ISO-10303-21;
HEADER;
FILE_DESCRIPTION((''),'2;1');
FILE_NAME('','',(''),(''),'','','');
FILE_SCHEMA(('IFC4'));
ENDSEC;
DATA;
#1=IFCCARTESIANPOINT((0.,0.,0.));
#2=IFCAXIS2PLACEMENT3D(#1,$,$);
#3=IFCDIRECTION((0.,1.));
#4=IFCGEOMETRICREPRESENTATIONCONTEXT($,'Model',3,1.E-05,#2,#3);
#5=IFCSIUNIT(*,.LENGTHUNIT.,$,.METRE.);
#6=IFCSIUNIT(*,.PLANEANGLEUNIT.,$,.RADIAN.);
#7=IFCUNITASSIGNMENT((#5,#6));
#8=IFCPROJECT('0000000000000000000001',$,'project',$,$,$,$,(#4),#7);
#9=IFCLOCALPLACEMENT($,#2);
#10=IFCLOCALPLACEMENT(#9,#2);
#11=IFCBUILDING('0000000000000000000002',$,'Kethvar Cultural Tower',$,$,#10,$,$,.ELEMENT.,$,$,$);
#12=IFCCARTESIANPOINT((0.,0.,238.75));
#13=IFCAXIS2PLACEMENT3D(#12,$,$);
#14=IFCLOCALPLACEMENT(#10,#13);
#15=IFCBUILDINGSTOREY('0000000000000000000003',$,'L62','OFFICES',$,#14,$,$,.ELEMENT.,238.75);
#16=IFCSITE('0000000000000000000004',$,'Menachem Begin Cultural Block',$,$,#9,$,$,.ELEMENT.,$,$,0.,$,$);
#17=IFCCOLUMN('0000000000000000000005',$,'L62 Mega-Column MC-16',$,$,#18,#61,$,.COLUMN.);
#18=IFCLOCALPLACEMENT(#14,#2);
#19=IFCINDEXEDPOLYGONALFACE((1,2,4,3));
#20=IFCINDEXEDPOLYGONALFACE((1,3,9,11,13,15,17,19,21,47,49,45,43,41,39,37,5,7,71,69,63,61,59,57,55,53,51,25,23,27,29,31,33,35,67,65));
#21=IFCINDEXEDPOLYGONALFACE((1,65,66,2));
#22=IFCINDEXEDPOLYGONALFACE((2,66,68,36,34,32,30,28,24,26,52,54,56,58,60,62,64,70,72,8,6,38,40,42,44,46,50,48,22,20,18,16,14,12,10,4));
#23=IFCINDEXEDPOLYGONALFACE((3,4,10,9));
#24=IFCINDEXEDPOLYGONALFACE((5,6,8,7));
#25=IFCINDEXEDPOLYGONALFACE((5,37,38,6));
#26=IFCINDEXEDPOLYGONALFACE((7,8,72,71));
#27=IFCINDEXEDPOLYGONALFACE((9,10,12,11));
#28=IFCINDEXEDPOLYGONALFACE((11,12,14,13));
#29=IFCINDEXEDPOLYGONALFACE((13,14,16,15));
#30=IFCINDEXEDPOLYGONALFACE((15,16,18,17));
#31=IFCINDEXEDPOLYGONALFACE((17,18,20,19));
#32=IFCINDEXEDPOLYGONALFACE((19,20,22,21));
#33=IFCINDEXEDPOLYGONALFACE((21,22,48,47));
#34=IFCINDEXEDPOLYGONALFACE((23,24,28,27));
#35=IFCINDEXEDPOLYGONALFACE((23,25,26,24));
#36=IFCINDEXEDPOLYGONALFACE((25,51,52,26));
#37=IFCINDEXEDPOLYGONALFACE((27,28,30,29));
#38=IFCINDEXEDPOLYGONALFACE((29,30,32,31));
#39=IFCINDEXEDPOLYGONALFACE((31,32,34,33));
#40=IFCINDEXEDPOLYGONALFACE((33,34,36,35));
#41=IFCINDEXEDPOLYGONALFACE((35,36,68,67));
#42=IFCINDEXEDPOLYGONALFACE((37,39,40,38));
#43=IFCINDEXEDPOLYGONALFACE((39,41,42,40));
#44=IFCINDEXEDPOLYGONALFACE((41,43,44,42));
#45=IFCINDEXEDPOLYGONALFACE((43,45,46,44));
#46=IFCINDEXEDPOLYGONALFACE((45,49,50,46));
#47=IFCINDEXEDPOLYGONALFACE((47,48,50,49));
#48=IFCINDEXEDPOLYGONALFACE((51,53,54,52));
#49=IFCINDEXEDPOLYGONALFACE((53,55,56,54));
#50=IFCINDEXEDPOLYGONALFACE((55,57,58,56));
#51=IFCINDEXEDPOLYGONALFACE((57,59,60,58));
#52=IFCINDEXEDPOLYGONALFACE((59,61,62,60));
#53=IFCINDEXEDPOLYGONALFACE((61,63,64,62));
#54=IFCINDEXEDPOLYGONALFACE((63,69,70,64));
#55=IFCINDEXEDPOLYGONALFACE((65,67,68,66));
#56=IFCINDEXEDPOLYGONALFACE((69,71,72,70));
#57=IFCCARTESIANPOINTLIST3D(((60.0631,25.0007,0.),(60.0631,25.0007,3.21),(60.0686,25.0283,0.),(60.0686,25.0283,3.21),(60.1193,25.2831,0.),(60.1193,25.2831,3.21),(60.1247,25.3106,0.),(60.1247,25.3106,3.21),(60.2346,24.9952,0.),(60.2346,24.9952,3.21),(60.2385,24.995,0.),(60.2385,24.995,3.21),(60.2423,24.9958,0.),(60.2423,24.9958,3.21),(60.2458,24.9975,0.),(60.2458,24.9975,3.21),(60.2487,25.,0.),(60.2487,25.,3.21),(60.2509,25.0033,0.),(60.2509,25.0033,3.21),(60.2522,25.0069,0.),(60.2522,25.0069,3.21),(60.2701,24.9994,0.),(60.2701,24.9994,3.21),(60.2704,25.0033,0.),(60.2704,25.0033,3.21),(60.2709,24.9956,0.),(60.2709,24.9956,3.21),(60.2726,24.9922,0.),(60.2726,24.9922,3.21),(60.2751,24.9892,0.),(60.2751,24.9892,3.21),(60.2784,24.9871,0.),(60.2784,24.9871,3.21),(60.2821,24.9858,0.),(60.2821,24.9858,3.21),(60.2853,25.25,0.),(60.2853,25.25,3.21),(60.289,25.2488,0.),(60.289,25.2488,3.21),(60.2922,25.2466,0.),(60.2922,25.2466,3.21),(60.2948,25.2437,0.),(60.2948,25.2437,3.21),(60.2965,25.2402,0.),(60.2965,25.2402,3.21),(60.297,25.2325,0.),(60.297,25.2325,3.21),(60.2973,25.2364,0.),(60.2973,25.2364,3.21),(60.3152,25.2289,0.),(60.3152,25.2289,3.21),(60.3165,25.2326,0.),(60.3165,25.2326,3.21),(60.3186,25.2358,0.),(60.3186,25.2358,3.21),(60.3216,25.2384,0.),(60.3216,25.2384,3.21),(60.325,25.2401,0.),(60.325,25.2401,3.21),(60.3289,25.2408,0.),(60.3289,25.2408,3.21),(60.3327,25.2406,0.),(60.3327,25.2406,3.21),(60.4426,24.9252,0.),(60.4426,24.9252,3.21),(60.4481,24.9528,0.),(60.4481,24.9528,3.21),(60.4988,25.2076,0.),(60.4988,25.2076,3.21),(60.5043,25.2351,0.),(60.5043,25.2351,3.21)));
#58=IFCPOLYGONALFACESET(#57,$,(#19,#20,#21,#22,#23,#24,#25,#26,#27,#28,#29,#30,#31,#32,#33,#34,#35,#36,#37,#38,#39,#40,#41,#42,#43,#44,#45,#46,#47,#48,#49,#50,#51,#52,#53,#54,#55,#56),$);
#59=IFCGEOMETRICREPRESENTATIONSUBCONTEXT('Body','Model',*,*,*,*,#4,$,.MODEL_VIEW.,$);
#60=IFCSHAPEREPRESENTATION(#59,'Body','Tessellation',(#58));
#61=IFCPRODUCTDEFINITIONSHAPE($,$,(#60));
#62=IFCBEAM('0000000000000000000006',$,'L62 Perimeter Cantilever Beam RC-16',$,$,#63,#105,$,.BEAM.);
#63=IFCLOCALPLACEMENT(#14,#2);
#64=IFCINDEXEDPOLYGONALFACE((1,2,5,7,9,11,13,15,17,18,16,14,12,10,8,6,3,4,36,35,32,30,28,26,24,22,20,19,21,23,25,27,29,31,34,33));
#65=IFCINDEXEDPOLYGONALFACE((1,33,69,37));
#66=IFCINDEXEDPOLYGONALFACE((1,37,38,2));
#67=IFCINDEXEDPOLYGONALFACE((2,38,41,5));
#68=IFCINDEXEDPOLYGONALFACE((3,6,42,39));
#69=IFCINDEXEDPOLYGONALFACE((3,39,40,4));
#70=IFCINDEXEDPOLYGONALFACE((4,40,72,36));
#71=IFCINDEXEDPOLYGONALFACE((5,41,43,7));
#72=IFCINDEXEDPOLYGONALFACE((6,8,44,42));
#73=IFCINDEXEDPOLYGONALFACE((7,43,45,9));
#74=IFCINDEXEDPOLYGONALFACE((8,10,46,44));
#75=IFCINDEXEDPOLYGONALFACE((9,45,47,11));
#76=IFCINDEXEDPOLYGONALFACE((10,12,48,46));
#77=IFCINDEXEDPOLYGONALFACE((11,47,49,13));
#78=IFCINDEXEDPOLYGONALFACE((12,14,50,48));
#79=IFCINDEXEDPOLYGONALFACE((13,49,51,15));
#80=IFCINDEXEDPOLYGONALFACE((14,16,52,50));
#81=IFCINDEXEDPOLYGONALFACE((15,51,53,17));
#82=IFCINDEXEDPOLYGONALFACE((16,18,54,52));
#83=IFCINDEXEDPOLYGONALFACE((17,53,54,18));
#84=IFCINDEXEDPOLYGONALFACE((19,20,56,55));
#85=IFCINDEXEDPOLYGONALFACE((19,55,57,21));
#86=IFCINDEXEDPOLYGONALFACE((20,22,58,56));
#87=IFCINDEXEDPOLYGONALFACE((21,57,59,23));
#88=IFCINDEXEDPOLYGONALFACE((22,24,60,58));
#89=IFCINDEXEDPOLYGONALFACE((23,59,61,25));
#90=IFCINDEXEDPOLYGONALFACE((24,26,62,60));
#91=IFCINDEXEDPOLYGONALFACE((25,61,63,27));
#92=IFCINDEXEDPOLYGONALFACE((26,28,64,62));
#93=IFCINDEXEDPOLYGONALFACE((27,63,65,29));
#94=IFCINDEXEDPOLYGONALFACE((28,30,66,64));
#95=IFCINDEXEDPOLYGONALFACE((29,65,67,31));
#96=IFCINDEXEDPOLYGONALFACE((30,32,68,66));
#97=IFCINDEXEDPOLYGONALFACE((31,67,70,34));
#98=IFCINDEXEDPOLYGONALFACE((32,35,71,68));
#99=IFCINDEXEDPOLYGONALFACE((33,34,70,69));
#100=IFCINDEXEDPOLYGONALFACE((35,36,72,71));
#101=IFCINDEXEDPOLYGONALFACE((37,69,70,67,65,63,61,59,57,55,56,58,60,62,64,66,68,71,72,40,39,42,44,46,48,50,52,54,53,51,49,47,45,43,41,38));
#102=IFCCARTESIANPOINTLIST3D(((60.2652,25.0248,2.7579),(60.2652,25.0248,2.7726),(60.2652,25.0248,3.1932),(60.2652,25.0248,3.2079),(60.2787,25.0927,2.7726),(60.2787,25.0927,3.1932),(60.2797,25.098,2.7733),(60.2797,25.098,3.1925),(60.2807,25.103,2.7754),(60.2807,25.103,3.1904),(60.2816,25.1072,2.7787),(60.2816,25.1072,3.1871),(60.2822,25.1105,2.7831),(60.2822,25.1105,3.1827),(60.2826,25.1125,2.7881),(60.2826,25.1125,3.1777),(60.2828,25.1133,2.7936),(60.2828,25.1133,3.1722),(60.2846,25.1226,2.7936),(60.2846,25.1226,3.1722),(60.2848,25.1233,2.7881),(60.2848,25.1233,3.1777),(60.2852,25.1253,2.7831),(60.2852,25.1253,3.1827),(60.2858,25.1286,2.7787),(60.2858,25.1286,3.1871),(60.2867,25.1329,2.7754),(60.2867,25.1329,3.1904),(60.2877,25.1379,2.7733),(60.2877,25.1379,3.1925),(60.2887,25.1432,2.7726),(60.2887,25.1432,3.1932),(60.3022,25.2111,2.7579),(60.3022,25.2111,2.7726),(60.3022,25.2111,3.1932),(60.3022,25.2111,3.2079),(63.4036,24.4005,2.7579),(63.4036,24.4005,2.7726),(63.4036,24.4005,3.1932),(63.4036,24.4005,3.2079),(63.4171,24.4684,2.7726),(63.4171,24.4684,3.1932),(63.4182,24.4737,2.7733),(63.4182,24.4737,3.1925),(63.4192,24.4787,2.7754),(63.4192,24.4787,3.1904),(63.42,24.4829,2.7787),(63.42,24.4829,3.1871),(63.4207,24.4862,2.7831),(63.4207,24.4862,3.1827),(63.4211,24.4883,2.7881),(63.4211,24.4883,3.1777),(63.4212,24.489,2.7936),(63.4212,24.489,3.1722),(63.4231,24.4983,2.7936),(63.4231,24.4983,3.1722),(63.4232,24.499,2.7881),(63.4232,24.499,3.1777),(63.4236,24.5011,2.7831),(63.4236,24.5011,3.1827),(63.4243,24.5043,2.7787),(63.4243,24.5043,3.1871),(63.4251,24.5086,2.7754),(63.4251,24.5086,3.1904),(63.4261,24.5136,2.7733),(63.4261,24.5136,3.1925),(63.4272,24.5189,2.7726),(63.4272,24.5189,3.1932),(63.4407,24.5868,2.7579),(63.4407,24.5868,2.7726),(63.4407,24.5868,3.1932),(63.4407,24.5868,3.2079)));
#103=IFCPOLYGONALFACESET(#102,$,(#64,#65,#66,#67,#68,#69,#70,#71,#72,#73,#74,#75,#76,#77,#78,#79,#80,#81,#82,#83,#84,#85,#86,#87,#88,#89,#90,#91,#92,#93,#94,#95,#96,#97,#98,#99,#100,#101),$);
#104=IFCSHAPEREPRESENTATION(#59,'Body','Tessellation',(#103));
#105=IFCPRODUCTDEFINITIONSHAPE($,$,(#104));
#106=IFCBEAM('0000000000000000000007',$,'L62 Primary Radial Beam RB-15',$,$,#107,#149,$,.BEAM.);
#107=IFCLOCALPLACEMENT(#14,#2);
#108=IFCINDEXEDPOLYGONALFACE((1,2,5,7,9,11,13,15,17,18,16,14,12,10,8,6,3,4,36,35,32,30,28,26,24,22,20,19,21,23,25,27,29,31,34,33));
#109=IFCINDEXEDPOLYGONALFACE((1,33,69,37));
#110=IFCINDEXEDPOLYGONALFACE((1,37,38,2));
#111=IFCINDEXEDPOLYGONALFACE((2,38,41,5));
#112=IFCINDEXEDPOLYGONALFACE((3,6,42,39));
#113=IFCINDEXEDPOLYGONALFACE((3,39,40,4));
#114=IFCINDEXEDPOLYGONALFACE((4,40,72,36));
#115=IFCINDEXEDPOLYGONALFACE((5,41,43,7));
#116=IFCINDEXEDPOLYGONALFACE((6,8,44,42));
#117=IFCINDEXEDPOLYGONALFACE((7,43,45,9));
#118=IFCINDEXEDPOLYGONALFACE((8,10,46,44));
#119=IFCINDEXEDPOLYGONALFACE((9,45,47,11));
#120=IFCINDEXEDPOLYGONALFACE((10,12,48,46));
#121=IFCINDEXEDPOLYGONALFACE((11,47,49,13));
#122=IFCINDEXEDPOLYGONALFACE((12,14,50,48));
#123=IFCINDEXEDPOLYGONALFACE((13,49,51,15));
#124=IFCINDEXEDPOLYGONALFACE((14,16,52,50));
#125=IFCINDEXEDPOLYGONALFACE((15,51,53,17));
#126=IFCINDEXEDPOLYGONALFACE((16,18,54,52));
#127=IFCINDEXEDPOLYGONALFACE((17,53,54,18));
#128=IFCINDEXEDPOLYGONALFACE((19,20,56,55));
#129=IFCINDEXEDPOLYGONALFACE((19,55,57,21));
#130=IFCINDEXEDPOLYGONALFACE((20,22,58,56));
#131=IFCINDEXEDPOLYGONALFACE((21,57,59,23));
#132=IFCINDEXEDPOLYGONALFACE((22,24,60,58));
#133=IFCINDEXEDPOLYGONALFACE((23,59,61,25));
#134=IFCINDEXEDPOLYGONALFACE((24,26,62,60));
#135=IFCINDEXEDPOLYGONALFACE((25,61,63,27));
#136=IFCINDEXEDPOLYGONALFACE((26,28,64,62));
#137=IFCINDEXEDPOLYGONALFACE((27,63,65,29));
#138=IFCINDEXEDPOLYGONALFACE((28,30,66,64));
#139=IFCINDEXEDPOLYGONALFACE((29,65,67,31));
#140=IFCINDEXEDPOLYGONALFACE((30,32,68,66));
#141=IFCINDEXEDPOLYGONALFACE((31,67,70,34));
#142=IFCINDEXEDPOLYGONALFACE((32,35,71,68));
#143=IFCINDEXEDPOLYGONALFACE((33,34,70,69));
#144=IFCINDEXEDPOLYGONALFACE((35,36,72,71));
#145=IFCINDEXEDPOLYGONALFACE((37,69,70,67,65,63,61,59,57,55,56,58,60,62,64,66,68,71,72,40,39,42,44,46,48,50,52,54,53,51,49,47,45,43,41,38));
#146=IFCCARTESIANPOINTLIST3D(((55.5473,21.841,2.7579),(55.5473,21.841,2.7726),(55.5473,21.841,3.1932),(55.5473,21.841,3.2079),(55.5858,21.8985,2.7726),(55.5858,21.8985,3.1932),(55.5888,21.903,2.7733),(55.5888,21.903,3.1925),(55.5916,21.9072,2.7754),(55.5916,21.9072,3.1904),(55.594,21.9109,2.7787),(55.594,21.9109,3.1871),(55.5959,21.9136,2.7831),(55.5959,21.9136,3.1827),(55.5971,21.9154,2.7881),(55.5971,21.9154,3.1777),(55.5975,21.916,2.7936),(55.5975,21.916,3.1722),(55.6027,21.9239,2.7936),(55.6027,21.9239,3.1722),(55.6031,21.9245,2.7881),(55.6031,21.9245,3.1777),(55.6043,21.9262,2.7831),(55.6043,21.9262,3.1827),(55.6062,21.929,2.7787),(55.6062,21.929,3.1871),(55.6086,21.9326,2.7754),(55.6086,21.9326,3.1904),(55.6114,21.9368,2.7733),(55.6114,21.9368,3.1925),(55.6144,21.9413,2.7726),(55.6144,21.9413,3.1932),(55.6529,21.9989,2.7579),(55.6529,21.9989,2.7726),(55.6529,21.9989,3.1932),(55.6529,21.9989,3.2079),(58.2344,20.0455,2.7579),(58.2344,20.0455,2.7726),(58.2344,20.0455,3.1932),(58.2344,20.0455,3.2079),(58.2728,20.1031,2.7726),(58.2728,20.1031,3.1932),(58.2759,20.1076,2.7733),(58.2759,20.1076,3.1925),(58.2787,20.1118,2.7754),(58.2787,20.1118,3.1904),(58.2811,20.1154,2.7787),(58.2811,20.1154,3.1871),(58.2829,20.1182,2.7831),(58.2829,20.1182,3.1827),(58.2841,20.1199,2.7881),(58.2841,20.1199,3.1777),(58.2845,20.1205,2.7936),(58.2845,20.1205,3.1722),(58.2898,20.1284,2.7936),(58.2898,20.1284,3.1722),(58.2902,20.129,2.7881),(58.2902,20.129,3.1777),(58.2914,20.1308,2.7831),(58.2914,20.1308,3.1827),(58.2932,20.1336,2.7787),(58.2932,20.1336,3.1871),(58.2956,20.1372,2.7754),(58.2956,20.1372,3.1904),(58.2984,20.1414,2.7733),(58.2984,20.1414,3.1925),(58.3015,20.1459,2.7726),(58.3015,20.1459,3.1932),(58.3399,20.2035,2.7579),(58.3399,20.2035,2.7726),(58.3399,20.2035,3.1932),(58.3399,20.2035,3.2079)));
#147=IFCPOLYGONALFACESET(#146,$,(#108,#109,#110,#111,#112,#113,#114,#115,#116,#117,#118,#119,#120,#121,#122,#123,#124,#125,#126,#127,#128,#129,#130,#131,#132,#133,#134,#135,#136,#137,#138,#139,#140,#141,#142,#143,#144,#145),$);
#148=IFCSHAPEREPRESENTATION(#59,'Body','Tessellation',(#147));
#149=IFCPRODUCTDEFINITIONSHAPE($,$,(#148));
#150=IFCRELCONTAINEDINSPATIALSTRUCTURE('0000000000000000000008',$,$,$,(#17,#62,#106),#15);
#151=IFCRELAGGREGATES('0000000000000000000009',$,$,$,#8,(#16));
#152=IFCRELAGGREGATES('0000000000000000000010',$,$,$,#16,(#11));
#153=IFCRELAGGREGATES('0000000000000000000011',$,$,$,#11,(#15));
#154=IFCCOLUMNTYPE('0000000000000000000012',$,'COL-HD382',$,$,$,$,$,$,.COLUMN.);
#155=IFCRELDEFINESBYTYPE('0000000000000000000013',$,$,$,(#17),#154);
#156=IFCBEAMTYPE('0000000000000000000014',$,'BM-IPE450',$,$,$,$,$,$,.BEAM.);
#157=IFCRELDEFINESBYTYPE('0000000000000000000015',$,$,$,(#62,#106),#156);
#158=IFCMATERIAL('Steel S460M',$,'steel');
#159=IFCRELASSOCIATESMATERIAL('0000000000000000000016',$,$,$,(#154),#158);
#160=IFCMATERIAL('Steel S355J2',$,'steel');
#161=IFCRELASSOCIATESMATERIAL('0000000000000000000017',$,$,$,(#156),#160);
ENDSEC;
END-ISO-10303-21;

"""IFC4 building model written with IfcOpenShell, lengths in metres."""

from ifc_helpers import new_model, si_unit, direction, frame, origin, origin_2d, place, context, subcontext, project, spatial, i_section, extrude, source, transform, mapped, material, material_profile, profile_set, type_object, element, save


model = new_model("IFC4")

# Units and contexts
model_context = context("Model", 3, precision=1e-05, world=origin(), true_north=direction((0.0, 1.0)))
body_context = subcontext(model_context, "Body", "Model", "MODEL_VIEW")
ifc_project = project(units=[si_unit("LENGTHUNIT", "METRE"), si_unit("PLANEANGLEUNIT", "RADIAN")], contexts=[model_context])

# Site, building, storey
site_placement = place(None, origin())
site = spatial("IfcSite", under=ifc_project, at=site_placement, Name="Menachem Begin Cultural Block", CompositionType="ELEMENT", RefElevation=0.0)
building_placement = place(site_placement, origin())
building = spatial("IfcBuilding", under=site, at=building_placement, Name="Kethvar Cultural Tower", CompositionType="ELEMENT")
storey_placement = place(building_placement, frame((0.0, 0.0, 238.75)))
storey = spatial("IfcBuildingStorey", under=building, at=storey_placement, Name="L62", Description="OFFICES", CompositionType="ELEMENT", Elevation=238.75)

# Column
ifc_material_1 = material(Name="Steel S460M", Category="steel")
ifc_material_profile_1 = material_profile(ifc_material_1, i_section(OverallWidth=0.387, OverallDepth=0.3159, WebThickness=0.0186, FlangeThickness=0.0281, FilletRadius=0.0149, at=origin_2d()), Name="Steel S460M — HD400x382")
ifc_profile_set_1 = profile_set([ifc_material_profile_1], Name="Steel S460M — HD400x382")
column_type = type_object("IfcColumnType", Name="COL-HD382", PredefinedType="COLUMN", material=ifc_profile_set_1)
shared_shape_1 = source(origin(), body_context, "Body", "SweptSolid", [
    extrude(i_section(OverallWidth=0.387, OverallDepth=0.3159, WebThickness=0.0186, FlangeThickness=0.0281, FilletRadius=0.0149, at=origin_2d()), origin(), (0.0, 0.0, 1.0), 3.21),
])
column_placement = place(storey_placement, frame((60.2837, 25.1179, 0.0), z_axis=(0.0, 0.0, 1.0), x_axis=(0.980785, -0.19509, 0.0)))
element("IfcColumn", 1, at=column_placement, inside=storey, type_object=column_type, Name="L62 Mega-Column MC-16", PredefinedType="COLUMN", context=body_context, shape_type="MappedRepresentation", body=[
    mapped(shared_shape_1, transform((0.0, 0.0, 0.0), scale=1.0)),
])

# Beams
ifc_material_2 = material(Name="Steel S355J2", Category="steel")
ifc_material_profile_2 = material_profile(ifc_material_2, i_section(OverallWidth=0.1899, OverallDepth=0.45, WebThickness=0.0095, FlangeThickness=0.0146, FilletRadius=0.021, at=origin_2d()), Name="Steel S355J2 — IPE450")
ifc_profile_set_2 = profile_set([ifc_material_profile_2], Name="Steel S355J2 — IPE450")
beam_type_1 = type_object("IfcBeamType", Name="BM-IPE450", PredefinedType="BEAM", material=ifc_profile_set_2)
shared_shape_2 = source(origin(), body_context, "Body", "SweptSolid", [
    extrude(i_section(OverallWidth=0.1899, OverallDepth=0.45, WebThickness=0.0095, FlangeThickness=0.0146, FilletRadius=0.021, at=origin_2d()), origin(), (0.0, 0.0, 1.0), 3.2),
])
beam_1_placement = place(storey_placement, frame((60.2837, 25.1179, 2.9829), z_axis=(0.980786, -0.195089, 0.0), x_axis=(0.195089, 0.980786, 0.0)))
element("IfcBeam", 2, at=beam_1_placement, inside=storey, type_object=beam_type_1, Name="L62 Perimeter Cantilever Beam RC-16", PredefinedType="BEAM", context=body_context, shape_type="MappedRepresentation", body=[
    mapped(shared_shape_2, transform((0.0, 0.0, 0.0), scale=1.0)),
])
shared_shape_3 = source(origin(), body_context, "Body", "SweptSolid", [
    extrude(i_section(OverallWidth=0.1899, OverallDepth=0.45, WebThickness=0.0095, FlangeThickness=0.0146, FilletRadius=0.021, at=origin_2d()), origin(), (0.0, 0.0, 1.0), 3.2317),
])
beam_2_placement = place(storey_placement, frame((55.6001, 21.9199, 2.9829), z_axis=(0.831469, -0.555572, 0.0), x_axis=(0.555572, 0.831469, 0.0)))
element("IfcBeam", 3, at=beam_2_placement, inside=storey, type_object=beam_type_1, Name="L62 Primary Radial Beam RB-15", PredefinedType="BEAM", context=body_context, shape_type="MappedRepresentation", body=[
    mapped(shared_shape_3, transform((0.0, 0.0, 0.0), scale=1.0)),
])

save(model, "model.ifc")
